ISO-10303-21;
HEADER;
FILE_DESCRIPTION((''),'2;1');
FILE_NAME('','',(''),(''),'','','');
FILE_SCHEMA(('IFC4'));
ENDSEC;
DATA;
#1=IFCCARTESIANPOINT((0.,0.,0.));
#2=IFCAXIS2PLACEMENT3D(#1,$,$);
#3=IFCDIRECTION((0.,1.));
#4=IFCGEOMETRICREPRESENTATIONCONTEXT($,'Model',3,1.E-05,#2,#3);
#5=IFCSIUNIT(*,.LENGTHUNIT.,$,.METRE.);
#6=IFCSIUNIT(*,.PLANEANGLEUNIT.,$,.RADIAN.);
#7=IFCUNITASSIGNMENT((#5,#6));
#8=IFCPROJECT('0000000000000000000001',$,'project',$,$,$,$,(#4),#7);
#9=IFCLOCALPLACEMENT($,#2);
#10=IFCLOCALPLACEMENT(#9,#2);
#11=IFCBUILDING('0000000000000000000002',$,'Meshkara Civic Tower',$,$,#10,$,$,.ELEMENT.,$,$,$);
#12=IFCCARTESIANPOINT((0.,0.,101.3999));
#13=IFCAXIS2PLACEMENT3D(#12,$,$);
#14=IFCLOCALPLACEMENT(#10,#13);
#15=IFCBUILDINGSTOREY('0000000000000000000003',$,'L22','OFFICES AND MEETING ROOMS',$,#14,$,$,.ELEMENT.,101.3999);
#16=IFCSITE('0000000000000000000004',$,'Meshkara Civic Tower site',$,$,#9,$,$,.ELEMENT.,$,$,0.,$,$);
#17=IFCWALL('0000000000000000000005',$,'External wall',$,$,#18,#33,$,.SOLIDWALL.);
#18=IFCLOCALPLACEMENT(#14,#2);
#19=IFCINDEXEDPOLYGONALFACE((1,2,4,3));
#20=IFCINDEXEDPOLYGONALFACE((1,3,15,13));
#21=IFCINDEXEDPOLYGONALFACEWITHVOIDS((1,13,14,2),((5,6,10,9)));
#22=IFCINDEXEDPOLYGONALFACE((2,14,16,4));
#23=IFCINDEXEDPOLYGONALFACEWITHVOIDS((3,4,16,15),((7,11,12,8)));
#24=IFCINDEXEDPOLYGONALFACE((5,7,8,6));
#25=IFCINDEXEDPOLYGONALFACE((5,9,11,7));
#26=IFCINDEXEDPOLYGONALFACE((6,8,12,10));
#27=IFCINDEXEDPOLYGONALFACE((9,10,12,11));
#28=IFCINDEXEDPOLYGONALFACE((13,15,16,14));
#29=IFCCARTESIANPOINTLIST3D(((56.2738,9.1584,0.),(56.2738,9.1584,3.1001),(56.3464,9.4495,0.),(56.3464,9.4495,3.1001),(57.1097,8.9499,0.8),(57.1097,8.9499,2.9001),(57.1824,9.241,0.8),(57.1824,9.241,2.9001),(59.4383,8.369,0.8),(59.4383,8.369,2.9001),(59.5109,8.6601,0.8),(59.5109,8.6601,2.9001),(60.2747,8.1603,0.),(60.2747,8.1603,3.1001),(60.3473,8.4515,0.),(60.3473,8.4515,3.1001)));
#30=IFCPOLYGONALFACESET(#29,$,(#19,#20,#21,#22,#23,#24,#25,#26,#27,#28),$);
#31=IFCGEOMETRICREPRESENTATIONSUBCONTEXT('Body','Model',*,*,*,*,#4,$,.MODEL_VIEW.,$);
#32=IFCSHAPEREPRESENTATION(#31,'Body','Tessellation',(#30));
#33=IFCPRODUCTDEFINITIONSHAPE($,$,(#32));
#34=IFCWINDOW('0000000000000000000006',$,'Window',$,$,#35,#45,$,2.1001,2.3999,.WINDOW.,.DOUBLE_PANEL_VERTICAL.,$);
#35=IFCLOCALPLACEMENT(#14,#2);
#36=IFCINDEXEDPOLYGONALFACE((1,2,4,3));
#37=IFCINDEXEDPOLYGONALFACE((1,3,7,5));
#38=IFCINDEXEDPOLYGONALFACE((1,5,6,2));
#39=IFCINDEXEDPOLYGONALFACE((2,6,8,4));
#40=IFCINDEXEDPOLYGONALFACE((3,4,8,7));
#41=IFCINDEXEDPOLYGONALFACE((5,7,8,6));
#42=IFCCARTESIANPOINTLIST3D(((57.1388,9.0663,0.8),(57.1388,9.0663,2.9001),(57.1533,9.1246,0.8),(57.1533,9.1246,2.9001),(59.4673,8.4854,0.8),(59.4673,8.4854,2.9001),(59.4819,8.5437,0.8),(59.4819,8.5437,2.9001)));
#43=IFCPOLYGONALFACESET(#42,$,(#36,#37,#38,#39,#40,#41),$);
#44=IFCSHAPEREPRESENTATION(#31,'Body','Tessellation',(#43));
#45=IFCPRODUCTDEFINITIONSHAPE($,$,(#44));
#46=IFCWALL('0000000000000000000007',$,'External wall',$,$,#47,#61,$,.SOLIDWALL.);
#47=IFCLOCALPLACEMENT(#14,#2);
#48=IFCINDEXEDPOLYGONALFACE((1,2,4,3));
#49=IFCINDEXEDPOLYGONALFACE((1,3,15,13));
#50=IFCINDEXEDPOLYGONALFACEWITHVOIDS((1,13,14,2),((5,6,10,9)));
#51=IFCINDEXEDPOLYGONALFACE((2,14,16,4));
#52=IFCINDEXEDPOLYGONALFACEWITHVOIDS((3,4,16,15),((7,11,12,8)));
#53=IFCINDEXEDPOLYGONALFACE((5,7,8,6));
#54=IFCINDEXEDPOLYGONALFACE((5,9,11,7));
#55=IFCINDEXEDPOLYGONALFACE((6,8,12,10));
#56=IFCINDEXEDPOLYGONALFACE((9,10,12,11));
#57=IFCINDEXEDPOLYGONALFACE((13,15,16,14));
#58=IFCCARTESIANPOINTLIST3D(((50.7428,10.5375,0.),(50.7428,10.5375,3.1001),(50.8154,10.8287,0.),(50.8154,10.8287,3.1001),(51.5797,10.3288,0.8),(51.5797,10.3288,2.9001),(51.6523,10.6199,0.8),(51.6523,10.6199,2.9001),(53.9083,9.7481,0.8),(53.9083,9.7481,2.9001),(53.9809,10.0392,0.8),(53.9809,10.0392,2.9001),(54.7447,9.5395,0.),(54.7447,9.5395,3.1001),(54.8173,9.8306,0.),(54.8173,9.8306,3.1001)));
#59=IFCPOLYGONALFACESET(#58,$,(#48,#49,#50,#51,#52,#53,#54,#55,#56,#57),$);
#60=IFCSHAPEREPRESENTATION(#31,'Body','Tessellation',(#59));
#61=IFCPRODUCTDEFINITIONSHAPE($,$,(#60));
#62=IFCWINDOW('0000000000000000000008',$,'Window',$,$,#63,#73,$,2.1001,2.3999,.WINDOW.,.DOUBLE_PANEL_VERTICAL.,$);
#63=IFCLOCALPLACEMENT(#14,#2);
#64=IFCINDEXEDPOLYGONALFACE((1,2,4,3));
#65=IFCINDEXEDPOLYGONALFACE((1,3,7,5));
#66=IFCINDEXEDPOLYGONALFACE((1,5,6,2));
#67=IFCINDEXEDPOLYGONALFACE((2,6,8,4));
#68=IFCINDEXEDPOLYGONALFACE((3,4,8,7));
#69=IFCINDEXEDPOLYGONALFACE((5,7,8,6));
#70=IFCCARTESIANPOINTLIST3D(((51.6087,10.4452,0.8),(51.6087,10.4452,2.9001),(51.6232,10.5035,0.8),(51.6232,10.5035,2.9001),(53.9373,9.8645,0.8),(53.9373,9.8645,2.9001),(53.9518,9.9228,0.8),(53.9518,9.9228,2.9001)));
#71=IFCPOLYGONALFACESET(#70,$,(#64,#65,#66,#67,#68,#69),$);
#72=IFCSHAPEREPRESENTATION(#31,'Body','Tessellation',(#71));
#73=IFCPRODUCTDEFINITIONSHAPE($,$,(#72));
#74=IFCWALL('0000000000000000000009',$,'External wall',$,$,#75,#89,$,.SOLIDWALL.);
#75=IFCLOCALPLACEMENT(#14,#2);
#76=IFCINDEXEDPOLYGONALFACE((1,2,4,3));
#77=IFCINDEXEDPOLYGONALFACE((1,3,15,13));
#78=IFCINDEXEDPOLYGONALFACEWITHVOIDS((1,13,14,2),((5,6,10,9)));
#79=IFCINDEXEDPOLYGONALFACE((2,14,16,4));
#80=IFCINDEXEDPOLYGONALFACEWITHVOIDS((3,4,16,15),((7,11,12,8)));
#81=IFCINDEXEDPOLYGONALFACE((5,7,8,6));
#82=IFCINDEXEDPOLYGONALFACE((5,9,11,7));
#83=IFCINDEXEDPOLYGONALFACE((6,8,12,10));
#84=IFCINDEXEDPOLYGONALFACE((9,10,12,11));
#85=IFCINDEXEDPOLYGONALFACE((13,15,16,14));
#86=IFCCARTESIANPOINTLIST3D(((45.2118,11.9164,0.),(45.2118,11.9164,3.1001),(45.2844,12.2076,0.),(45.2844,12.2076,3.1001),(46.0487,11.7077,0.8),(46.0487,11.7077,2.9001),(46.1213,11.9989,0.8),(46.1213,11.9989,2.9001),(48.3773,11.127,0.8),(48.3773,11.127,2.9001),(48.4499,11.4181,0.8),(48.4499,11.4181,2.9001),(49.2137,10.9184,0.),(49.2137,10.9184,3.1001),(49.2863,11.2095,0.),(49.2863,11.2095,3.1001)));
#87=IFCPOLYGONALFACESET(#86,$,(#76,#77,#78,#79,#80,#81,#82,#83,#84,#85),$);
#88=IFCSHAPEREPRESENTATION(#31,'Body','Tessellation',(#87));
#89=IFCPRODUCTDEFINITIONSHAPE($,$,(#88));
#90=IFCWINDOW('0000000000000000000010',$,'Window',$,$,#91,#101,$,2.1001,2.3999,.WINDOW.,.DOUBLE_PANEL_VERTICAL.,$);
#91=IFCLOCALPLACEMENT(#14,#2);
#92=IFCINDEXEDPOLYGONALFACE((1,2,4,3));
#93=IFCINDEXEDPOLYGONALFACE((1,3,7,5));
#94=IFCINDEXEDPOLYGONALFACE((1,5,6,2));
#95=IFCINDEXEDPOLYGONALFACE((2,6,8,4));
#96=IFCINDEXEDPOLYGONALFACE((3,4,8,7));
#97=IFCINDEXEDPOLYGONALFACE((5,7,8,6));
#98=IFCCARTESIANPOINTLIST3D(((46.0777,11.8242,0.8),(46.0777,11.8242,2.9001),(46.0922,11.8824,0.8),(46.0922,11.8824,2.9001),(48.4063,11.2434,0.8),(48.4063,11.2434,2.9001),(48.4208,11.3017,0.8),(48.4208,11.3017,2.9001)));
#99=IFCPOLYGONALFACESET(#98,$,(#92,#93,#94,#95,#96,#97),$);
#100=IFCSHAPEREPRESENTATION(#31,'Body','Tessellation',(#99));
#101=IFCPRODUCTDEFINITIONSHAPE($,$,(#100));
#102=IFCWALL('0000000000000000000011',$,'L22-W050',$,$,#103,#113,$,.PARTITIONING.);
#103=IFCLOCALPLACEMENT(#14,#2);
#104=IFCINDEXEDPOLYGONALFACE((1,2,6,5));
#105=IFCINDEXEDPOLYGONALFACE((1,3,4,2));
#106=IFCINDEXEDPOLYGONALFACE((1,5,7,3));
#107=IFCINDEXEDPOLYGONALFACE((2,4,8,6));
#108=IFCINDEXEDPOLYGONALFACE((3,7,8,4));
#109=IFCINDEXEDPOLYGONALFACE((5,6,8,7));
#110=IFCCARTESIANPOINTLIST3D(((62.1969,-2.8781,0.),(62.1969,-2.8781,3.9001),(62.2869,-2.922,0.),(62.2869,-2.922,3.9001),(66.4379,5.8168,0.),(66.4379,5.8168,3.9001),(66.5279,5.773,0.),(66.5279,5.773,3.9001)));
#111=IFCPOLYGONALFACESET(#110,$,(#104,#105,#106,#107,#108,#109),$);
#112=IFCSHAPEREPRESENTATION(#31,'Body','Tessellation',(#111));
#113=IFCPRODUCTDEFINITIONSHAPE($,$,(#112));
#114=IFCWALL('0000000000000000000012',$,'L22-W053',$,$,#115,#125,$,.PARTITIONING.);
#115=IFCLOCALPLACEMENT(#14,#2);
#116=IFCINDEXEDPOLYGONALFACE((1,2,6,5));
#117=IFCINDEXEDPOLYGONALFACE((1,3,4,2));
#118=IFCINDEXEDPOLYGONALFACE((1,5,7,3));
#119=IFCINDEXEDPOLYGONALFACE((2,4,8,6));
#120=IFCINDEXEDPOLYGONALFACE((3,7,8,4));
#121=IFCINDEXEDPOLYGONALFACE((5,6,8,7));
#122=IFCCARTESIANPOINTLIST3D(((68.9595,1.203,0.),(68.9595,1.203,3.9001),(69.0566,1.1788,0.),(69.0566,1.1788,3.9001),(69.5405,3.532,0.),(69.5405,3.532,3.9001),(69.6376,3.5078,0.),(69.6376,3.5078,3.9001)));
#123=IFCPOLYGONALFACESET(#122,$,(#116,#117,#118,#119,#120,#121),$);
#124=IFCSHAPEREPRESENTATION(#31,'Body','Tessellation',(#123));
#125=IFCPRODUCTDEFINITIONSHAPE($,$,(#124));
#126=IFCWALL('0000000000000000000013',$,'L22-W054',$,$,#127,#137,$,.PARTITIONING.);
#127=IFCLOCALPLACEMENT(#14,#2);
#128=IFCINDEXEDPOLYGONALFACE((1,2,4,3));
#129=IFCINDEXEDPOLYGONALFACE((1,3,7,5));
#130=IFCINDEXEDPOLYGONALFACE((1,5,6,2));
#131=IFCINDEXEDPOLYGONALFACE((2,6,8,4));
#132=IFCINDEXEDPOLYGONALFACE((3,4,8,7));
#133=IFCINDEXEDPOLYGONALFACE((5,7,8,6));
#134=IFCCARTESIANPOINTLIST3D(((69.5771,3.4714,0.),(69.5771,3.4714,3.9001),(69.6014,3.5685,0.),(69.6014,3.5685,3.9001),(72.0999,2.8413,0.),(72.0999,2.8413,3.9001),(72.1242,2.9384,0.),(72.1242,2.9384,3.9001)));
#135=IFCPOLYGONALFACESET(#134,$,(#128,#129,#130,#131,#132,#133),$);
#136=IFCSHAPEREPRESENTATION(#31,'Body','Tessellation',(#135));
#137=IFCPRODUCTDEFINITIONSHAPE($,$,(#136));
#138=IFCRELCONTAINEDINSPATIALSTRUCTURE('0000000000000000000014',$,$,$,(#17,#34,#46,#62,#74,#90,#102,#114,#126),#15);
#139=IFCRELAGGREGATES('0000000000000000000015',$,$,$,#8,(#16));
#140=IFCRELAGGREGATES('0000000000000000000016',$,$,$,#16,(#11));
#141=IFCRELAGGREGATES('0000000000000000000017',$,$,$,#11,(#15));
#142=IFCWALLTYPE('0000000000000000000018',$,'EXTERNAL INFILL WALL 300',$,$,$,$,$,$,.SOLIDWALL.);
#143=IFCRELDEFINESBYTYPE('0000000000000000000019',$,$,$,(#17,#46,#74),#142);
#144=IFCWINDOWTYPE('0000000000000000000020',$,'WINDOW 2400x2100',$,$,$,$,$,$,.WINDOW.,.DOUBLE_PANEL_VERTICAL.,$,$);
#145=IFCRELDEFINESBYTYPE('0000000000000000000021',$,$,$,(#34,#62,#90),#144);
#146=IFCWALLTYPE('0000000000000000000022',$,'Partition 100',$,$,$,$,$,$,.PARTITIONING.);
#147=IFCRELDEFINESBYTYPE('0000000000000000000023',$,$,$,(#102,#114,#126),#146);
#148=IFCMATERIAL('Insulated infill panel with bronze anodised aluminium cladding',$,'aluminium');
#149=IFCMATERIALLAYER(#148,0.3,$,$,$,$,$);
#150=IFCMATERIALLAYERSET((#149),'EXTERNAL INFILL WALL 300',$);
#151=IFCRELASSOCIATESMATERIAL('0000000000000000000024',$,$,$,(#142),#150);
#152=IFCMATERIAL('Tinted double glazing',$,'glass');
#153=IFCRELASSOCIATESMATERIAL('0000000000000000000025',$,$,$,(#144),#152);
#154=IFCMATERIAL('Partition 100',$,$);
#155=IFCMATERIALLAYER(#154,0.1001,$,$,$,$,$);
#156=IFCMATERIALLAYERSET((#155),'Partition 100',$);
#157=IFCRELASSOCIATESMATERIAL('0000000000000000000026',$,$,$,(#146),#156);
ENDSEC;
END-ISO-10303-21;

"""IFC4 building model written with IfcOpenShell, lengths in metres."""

from ifc_helpers import new_model, si_unit, direction, frame, frame_2d, origin, place, context, subcontext, project, spatial, rectangle, extrude, material, layer, layer_set, type_object, element, fill, save


model = new_model("IFC4")

# Units and contexts
model_context = context("Model", 3, precision=1e-05, world=origin(), true_north=direction((0.0, 1.0)))
body_context = subcontext(model_context, "Body", "Model", "MODEL_VIEW")
ifc_project = project(units=[si_unit("LENGTHUNIT", "METRE"), si_unit("PLANEANGLEUNIT", "RADIAN")], contexts=[model_context])

# Site, building, storey
site_placement = place(None, origin())
site = spatial("IfcSite", under=ifc_project, at=site_placement, Name="Meshkara Civic Tower site", CompositionType="ELEMENT", RefElevation=0.0)
building_placement = place(site_placement, origin())
building = spatial("IfcBuilding", under=site, at=building_placement, Name="Meshkara Civic Tower", CompositionType="ELEMENT")
storey_placement = place(building_placement, frame((0.0, 0.0, 101.3999)))
storey = spatial("IfcBuildingStorey", under=building, at=storey_placement, Name="L22", Description="OFFICES AND MEETING ROOMS", CompositionType="ELEMENT", Elevation=101.3999)

# Walls, openings, windows
ifc_material_1 = material(Name="Insulated infill panel with bronze anodised aluminium cladding", Category="aluminium")
ifc_layer_1 = layer(ifc_material_1, 0.3)
ifc_layer_set_1 = layer_set([ifc_layer_1], Name="EXTERNAL INFILL WALL 300")
wall_type_1 = type_object("IfcWallType", Name="EXTERNAL INFILL WALL 300", PredefinedType="SOLIDWALL", material=ifc_layer_set_1)
ifc_material_2 = material(Name="Tinted double glazing", Category="glass")
window_type = type_object("IfcWindowType", Name="WINDOW 2400x2100", PartitioningType="DOUBLE_PANEL_VERTICAL", PredefinedType="WINDOW", material=ifc_material_2)
wall_1_placement = place(storey_placement, frame((60.311, 8.3059, 0.0), z_axis=(0.0, 0.0, 1.0), x_axis=(-0.970268, 0.242034, 0.0)))
wall_1 = element("IfcWall", 1, at=wall_1_placement, inside=storey, type_object=wall_type_1, Name="External wall", PredefinedType="SOLIDWALL", context=body_context, shape_type="SweptSolid", body=[
    extrude(rectangle(XDim=4.1235, YDim=0.3, at=frame_2d((2.0618, 0.0))), origin(), (0.0, 0.0, 1.0), 3.1001),
])
opening_1_placement = place(wall_1_placement, frame((0.8621, 0.0, 0.8)))
opening_1 = element("IfcOpeningElement", 2, at=opening_1_placement, cuts=wall_1, PredefinedType="OPENING", context=body_context, shape_type="SweptSolid", body=[
    extrude(rectangle(XDim=2.3999, YDim=2.1001, at=frame_2d((1.2, 1.05))), frame((0.0, 0.1599, 0.0), z_axis=(0.0, -1.0, 0.0), x_axis=(1.0, 0.0, 0.0)), (0.0, 0.0, 1.0), 0.3201),
])
window_1_placement = place(opening_1_placement, origin())
window_1 = element("IfcWindow", 3, at=window_1_placement, inside=storey, type_object=window_type, Name="Window", OverallHeight=2.1001, OverallWidth=2.3999, PartitioningType="DOUBLE_PANEL_VERTICAL", PredefinedType="WINDOW", context=body_context, shape_type="SweptSolid", body=[
    extrude(rectangle(XDim=2.3999, YDim=2.1001, at=frame_2d((1.2, 1.05))), frame((0.0, 0.03, 0.0), z_axis=(0.0, -1.0, 0.0), x_axis=(1.0, 0.0, 0.0)), (0.0, 0.0, 1.0), 0.0601),
])
fill(opening_1, window_1)
wall_2_placement = place(storey_placement, frame((54.781, 9.6851, 0.0), z_axis=(0.0, 0.0, 1.0), x_axis=(-0.970282, 0.241978, 0.0)))
wall_2 = element("IfcWall", 4, at=wall_2_placement, inside=storey, type_object=wall_type_1, Name="External wall", PredefinedType="SOLIDWALL", context=body_context, shape_type="SweptSolid", body=[
    extrude(rectangle(XDim=4.1245, YDim=0.3, at=frame_2d((2.0623, 0.0))), origin(), (0.0, 0.0, 1.0), 3.1001),
])
opening_2_placement = place(wall_2_placement, frame((0.8621, 0.0, 0.8)))
opening_2 = element("IfcOpeningElement", 5, at=opening_2_placement, cuts=wall_2, PredefinedType="OPENING", context=body_context, shape_type="SweptSolid", body=[
    extrude(rectangle(XDim=2.3999, YDim=2.1001, at=frame_2d((1.2, 1.05))), frame((0.0, 0.1599, 0.0), z_axis=(0.0, -1.0, 0.0), x_axis=(1.0, 0.0, 0.0)), (0.0, 0.0, 1.0), 0.3201),
])
window_2_placement = place(opening_2_placement, origin())
window_2 = element("IfcWindow", 6, at=window_2_placement, inside=storey, type_object=window_type, Name="Window", OverallHeight=2.1001, OverallWidth=2.3999, PartitioningType="DOUBLE_PANEL_VERTICAL", PredefinedType="WINDOW", context=body_context, shape_type="SweptSolid", body=[
    extrude(rectangle(XDim=2.3999, YDim=2.1001, at=frame_2d((1.2, 1.05))), frame((0.0, 0.03, 0.0), z_axis=(0.0, -1.0, 0.0), x_axis=(1.0, 0.0, 0.0)), (0.0, 0.0, 1.0), 0.0601),
])
fill(opening_2, window_2)
wall_3_placement = place(storey_placement, frame((49.25, 11.064, 0.0), z_axis=(0.0, 0.0, 1.0), x_axis=(-0.970282, 0.241978, 0.0)))
wall_3 = element("IfcWall", 7, at=wall_3_placement, inside=storey, type_object=wall_type_1, Name="External wall", PredefinedType="SOLIDWALL", context=body_context, shape_type="SweptSolid", body=[
    extrude(rectangle(XDim=4.1245, YDim=0.3, at=frame_2d((2.0623, 0.0))), origin(), (0.0, 0.0, 1.0), 3.1001),
])
opening_3_placement = place(wall_3_placement, frame((0.8621, 0.0, 0.8)))
opening_3 = element("IfcOpeningElement", 8, at=opening_3_placement, cuts=wall_3, PredefinedType="OPENING", context=body_context, shape_type="SweptSolid", body=[
    extrude(rectangle(XDim=2.3999, YDim=2.1001, at=frame_2d((1.2, 1.05))), frame((0.0, 0.1599, 0.0), z_axis=(0.0, -1.0, 0.0), x_axis=(1.0, 0.0, 0.0)), (0.0, 0.0, 1.0), 0.3201),
])
window_3_placement = place(opening_3_placement, origin())
window_3 = element("IfcWindow", 9, at=window_3_placement, inside=storey, type_object=window_type, Name="Window", OverallHeight=2.1001, OverallWidth=2.3999, PartitioningType="DOUBLE_PANEL_VERTICAL", PredefinedType="WINDOW", context=body_context, shape_type="SweptSolid", body=[
    extrude(rectangle(XDim=2.3999, YDim=2.1001, at=frame_2d((1.2, 1.05))), frame((0.0, 0.03, 0.0), z_axis=(0.0, -1.0, 0.0), x_axis=(1.0, 0.0, 0.0)), (0.0, 0.0, 1.0), 0.0601),
])
fill(opening_3, window_3)

# Walls
ifc_material_3 = material(Name="Partition 100")
ifc_layer_2 = layer(ifc_material_3, 0.1001)
ifc_layer_set_2 = layer_set([ifc_layer_2], Name="Partition 100")
wall_type_2 = type_object("IfcWallType", Name="Partition 100", PredefinedType="PARTITIONING", material=ifc_layer_set_2)
wall_4_placement = place(storey_placement, frame((62.2419, -2.8999, 0.0), z_axis=(0.0, 0.0, 1.0), x_axis=(0.438389, 0.898785, 0.0)))
element("IfcWall", 10, at=wall_4_placement, inside=storey, type_object=wall_type_2, Name="L22-W050", PredefinedType="PARTITIONING", context=body_context, shape_type="SweptSolid", body=[
    extrude(rectangle(XDim=9.6741, YDim=0.1001, at=frame_2d((4.8369, 0.0))), origin(), (0.0, 0.0, 1.0), 3.9001),
])
wall_5_placement = place(storey_placement, frame((69.0081, 1.1909, 0.0), z_axis=(0.0, 0.0, 1.0), x_axis=(0.242057, 0.970262, 0.0)))
element("IfcWall", 11, at=wall_5_placement, inside=storey, type_object=wall_type_2, Name="L22-W053", PredefinedType="PARTITIONING", context=body_context, shape_type="SweptSolid", body=[
    extrude(rectangle(XDim=2.4004, YDim=0.1001, at=frame_2d((1.2002, 0.0))), origin(), (0.0, 0.0, 1.0), 3.9001),
])
wall_6_placement = place(storey_placement, frame((69.5891, 3.52, 0.0), z_axis=(0.0, 0.0, 1.0), x_axis=(0.970198, -0.242315, 0.0)))
element("IfcWall", 12, at=wall_6_placement, inside=storey, type_object=wall_type_2, Name="L22-W054", PredefinedType="PARTITIONING", context=body_context, shape_type="SweptSolid", body=[
    extrude(rectangle(XDim=2.6003, YDim=0.1001, at=frame_2d((1.3003, 0.0))), origin(), (0.0, 0.0, 1.0), 3.9001),
])

save(model, "model.ifc")
